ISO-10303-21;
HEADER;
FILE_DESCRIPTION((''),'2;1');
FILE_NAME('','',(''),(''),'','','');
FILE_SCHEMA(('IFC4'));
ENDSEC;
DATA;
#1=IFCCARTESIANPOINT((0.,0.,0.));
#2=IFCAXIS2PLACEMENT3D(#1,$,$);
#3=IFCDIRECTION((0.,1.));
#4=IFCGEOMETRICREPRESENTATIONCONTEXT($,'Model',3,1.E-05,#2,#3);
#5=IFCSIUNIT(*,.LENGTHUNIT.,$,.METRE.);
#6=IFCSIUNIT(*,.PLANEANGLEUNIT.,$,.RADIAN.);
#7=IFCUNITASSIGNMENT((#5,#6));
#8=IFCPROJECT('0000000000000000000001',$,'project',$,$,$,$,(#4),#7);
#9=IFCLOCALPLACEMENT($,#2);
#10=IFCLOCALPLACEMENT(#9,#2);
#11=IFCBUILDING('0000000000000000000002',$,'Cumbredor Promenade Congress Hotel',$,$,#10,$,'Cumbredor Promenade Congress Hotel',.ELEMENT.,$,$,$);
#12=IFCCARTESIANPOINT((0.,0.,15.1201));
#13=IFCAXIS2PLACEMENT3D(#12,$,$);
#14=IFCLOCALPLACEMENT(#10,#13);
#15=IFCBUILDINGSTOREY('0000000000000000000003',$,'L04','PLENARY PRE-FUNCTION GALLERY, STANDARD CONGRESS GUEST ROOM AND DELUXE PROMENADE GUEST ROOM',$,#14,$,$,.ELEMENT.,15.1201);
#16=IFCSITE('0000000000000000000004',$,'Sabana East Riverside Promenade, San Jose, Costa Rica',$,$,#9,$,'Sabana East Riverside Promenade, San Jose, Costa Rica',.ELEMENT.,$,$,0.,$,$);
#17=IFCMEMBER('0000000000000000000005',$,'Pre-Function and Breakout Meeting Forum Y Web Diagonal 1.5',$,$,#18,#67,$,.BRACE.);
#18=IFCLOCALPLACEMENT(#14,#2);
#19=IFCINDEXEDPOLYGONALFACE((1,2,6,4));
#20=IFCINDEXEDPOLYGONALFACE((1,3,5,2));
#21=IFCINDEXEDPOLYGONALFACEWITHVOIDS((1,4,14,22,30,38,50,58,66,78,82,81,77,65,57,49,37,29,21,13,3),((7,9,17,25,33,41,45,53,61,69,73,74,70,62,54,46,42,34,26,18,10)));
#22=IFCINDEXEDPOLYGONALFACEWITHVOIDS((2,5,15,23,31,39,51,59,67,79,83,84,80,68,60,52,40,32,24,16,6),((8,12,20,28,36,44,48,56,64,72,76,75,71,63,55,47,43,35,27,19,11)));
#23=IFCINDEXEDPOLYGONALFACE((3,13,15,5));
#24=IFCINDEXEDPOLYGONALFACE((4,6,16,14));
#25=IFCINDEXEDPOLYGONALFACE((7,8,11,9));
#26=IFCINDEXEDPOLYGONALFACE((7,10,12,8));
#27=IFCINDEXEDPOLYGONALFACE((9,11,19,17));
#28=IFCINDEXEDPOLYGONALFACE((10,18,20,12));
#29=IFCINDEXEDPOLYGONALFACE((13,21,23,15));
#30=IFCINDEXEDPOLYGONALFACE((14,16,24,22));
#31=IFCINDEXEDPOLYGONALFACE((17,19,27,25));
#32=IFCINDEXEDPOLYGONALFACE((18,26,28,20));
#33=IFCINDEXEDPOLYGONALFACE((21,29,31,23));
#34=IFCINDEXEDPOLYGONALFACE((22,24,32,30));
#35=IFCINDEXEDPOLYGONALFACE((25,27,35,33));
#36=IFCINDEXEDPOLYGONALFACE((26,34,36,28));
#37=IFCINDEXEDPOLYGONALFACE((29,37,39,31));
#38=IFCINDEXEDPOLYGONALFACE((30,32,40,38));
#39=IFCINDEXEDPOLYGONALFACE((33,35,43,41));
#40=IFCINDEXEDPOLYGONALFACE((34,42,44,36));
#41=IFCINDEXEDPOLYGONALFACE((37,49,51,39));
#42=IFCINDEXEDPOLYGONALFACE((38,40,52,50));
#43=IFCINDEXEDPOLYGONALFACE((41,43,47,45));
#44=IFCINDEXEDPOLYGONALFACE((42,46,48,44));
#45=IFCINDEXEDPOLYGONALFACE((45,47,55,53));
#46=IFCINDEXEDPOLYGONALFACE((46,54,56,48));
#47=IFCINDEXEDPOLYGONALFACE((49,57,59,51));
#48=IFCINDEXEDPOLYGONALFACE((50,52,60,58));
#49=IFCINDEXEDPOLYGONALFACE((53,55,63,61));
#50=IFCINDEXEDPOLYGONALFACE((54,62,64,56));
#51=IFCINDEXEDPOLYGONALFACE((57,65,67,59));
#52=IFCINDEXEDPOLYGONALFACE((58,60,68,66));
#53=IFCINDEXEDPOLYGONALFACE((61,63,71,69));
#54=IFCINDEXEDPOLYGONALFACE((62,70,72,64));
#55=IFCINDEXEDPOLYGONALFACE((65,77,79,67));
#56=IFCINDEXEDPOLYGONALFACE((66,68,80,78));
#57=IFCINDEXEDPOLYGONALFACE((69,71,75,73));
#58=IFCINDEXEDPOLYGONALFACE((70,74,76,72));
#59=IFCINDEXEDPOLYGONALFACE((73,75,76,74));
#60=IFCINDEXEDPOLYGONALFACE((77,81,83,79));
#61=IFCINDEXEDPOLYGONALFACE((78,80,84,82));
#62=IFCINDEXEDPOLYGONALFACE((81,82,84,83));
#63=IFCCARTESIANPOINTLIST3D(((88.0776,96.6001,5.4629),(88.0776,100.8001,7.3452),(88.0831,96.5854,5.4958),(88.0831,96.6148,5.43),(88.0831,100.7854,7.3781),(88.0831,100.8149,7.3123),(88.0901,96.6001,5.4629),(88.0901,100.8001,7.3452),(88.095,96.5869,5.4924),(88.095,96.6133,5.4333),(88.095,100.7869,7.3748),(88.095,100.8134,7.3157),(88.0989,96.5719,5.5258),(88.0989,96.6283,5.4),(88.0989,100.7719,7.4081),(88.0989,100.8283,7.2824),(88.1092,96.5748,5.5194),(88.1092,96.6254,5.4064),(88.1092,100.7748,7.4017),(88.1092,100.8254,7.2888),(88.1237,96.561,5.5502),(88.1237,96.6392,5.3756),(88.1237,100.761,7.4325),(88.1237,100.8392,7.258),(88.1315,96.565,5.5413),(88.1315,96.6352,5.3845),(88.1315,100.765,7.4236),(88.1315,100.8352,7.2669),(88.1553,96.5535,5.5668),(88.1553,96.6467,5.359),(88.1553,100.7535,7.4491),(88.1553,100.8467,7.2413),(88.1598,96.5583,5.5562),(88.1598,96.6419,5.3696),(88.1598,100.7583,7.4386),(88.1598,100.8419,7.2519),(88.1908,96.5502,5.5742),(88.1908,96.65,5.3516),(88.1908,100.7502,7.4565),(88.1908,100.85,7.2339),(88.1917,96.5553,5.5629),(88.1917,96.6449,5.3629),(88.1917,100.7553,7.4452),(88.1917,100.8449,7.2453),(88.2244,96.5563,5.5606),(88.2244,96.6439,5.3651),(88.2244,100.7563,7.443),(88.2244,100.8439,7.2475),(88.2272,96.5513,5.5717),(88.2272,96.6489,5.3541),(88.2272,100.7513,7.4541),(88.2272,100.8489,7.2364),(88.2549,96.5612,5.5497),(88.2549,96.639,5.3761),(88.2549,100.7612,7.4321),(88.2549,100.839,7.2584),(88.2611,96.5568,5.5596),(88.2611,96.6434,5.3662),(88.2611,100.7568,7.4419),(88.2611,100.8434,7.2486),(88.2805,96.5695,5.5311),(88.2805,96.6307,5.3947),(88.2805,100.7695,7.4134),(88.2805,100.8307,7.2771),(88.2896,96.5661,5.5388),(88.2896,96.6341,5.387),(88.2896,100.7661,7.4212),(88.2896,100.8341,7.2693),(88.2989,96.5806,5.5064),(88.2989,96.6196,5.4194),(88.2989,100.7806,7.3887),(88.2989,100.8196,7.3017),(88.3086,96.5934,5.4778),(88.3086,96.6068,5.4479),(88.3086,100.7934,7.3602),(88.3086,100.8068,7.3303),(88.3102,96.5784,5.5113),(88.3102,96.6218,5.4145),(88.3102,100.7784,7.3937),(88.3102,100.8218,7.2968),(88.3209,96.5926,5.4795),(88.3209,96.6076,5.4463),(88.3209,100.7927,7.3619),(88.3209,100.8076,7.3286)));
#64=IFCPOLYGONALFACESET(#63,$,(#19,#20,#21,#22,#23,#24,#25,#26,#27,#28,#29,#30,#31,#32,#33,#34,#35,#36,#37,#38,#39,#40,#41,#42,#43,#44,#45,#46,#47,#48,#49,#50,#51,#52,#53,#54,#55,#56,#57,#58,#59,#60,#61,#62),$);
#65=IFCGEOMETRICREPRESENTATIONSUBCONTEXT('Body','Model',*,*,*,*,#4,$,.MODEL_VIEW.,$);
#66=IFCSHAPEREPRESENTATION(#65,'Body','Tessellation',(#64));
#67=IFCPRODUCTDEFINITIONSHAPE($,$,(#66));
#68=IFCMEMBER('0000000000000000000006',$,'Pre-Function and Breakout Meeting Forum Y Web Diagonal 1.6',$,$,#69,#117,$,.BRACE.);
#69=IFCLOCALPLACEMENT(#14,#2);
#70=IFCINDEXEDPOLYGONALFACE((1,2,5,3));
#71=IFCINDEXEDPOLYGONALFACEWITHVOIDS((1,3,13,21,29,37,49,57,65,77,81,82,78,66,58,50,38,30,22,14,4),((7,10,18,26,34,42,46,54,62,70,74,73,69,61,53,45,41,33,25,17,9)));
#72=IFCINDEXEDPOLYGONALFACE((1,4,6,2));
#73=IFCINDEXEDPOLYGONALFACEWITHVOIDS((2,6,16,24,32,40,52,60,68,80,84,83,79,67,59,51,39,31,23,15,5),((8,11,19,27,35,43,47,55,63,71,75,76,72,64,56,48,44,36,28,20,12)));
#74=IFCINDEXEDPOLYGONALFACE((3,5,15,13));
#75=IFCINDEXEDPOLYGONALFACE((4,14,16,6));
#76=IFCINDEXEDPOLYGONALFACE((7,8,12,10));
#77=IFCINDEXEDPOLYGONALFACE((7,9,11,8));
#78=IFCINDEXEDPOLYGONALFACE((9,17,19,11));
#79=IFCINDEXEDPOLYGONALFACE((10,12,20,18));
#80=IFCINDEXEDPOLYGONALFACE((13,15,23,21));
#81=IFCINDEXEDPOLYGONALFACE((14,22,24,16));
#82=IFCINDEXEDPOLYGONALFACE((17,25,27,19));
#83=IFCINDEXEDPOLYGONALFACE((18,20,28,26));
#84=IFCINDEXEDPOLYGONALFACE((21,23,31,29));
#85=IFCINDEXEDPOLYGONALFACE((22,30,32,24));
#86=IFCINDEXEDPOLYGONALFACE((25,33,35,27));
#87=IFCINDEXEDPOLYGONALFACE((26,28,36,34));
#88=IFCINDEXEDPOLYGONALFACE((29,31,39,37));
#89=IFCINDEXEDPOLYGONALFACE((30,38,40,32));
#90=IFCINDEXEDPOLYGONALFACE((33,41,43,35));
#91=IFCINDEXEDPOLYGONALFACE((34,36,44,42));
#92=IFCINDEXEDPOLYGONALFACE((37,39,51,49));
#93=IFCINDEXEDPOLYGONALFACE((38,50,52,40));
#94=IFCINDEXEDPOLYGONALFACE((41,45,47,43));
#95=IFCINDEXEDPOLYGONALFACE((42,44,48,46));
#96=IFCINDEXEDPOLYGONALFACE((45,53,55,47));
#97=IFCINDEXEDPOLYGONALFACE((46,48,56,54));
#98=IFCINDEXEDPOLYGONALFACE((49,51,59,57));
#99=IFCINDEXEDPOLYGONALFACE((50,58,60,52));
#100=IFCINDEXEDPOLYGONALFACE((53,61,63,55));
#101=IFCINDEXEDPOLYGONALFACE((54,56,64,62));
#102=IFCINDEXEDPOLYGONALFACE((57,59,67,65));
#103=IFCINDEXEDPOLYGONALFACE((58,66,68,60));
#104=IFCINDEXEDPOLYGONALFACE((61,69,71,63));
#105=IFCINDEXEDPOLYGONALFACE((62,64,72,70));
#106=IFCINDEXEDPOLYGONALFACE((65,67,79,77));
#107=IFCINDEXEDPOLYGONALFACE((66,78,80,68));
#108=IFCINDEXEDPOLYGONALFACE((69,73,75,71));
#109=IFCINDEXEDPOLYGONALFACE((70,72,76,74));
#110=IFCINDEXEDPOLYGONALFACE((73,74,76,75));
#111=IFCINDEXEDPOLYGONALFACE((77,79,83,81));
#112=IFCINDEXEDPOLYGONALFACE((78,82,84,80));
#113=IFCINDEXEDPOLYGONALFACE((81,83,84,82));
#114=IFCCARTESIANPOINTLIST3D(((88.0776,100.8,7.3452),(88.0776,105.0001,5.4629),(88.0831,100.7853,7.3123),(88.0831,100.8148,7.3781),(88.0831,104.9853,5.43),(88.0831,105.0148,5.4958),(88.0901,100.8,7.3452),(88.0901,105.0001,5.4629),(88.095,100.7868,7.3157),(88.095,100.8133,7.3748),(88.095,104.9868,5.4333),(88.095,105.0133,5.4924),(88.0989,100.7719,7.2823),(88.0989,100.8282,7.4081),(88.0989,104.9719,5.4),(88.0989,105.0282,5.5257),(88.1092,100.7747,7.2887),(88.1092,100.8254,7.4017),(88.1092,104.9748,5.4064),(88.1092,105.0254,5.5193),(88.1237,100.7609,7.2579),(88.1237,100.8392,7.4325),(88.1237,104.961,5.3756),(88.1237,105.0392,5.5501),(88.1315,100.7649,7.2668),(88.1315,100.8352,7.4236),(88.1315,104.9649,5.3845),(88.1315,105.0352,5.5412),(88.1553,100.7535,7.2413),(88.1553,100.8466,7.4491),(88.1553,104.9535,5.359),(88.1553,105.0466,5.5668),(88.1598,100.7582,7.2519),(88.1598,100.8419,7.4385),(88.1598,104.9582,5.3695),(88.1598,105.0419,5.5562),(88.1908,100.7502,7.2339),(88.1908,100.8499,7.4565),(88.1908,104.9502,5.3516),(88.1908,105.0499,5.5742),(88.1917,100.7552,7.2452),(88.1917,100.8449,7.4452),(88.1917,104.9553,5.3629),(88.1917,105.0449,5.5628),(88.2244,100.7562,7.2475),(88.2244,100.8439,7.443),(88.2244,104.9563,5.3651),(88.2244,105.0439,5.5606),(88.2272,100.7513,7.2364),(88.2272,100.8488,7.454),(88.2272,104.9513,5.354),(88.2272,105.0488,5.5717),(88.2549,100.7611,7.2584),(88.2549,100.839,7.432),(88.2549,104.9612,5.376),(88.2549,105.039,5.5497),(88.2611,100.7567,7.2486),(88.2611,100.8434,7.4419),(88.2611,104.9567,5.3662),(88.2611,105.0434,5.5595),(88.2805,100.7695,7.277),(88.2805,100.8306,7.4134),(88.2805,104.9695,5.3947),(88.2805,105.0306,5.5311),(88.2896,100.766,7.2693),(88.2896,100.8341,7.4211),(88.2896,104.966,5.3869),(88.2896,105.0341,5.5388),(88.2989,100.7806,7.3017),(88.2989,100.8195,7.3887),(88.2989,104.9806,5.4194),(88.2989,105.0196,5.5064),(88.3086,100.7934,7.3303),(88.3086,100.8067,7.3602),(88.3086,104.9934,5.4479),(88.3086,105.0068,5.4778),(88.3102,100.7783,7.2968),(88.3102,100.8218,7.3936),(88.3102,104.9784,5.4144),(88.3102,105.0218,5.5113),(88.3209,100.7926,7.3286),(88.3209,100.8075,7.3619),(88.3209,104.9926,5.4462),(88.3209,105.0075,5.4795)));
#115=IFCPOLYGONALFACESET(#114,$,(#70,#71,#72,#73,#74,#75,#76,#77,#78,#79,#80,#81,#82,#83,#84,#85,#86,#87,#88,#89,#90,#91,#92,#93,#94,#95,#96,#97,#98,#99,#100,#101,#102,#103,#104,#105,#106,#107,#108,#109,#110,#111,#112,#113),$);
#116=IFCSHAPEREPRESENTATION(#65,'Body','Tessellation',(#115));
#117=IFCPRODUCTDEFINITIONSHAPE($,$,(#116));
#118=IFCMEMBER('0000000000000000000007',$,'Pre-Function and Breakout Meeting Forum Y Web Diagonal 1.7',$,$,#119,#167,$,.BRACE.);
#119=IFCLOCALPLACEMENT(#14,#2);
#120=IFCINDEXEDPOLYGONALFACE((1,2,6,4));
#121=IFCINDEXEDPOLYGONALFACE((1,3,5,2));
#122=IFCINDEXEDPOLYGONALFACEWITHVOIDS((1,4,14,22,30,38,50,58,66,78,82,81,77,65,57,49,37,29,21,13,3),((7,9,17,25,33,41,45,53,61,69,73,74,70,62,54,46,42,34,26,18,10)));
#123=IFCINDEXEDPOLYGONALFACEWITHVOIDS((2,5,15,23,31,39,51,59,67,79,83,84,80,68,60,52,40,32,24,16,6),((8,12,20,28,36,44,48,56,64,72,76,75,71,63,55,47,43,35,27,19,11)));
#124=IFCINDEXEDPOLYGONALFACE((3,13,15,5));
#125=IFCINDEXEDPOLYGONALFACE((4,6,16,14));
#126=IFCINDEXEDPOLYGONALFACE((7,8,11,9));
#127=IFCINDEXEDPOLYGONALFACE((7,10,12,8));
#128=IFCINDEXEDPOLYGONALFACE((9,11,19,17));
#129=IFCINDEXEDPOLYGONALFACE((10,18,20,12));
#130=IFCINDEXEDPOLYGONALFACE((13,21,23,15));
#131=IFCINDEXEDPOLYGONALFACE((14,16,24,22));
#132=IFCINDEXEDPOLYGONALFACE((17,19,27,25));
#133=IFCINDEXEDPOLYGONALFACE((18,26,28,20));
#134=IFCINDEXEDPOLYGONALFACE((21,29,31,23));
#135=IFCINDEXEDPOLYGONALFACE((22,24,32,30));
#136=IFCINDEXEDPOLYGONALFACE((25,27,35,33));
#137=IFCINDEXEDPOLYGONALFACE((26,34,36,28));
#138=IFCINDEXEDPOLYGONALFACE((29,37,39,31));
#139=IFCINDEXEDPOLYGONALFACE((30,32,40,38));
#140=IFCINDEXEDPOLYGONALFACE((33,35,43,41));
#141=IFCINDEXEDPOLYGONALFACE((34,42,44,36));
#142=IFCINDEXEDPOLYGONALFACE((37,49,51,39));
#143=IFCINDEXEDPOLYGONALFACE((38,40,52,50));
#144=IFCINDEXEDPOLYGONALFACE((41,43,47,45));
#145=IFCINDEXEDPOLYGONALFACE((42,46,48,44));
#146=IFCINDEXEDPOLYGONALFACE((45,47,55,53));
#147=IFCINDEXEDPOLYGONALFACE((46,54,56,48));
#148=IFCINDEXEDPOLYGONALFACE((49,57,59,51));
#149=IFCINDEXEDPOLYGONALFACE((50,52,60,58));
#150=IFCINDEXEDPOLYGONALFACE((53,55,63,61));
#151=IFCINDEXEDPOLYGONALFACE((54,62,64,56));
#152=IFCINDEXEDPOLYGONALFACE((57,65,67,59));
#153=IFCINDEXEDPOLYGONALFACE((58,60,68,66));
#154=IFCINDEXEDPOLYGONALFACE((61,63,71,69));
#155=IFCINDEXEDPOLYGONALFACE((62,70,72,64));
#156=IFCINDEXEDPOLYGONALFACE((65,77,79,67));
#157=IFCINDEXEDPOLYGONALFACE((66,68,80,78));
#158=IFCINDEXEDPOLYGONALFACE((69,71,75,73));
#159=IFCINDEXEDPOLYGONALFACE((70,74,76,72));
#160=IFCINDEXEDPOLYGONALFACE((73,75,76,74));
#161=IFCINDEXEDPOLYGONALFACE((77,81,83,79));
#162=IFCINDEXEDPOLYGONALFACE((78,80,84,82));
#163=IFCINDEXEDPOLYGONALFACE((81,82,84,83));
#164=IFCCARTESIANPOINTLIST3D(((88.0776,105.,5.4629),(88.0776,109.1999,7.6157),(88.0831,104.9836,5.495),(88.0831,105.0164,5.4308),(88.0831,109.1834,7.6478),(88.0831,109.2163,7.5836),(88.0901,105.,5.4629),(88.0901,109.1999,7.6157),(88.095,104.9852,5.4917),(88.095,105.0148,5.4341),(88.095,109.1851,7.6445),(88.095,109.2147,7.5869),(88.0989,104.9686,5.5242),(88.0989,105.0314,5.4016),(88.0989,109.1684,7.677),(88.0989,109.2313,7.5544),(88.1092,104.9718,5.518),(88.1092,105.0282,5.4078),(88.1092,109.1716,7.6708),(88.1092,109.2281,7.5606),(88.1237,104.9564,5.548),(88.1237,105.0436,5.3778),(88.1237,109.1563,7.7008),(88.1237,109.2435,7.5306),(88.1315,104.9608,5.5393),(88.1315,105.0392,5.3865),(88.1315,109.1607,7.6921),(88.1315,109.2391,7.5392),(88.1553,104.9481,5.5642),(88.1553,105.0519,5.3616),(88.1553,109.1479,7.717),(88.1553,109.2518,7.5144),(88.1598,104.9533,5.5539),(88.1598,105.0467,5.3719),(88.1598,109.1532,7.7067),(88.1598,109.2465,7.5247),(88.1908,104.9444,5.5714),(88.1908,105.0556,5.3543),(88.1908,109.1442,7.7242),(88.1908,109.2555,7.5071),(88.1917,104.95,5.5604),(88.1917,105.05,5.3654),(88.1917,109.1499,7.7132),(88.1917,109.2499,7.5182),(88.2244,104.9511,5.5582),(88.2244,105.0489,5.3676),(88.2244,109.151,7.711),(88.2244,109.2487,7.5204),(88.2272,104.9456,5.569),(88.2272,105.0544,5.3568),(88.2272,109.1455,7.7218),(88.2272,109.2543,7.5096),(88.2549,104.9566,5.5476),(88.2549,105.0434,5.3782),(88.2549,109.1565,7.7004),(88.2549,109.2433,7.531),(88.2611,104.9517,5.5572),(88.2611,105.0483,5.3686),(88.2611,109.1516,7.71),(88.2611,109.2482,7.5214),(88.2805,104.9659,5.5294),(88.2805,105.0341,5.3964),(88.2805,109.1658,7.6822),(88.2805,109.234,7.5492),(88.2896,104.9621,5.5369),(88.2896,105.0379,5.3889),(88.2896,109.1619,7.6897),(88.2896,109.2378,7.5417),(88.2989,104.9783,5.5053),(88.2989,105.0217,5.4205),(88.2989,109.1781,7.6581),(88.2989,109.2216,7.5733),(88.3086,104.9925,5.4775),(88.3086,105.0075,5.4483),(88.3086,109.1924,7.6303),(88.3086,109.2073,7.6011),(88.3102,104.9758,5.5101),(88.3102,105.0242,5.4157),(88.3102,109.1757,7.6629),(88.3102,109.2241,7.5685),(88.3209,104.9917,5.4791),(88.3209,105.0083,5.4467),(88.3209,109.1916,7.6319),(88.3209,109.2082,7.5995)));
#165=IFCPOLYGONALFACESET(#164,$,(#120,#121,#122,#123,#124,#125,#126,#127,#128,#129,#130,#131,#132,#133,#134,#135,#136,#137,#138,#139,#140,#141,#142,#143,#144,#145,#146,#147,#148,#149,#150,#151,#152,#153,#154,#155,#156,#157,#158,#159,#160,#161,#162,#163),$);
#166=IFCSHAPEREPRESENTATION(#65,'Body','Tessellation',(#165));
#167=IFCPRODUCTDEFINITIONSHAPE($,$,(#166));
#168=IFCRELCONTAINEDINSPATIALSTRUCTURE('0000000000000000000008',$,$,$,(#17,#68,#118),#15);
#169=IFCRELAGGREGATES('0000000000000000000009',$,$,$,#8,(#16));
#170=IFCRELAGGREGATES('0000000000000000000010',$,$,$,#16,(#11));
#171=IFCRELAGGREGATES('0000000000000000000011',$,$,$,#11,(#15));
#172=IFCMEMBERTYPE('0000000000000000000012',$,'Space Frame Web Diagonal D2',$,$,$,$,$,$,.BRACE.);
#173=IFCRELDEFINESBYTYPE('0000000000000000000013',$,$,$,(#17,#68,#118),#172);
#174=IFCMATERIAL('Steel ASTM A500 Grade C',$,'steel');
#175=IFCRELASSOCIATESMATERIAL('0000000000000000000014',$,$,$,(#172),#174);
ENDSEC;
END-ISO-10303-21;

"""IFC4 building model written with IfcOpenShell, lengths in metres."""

from ifc_helpers import new_model, si_unit, direction, frame, origin, origin_2d, place, context, subcontext, project, spatial, hollow_circle, extrude, material, material_profile, profile_set, type_object, element, save


model = new_model("IFC4")

# Units and contexts
model_context = context("Model", 3, precision=1e-05, world=origin(), true_north=direction((0.0, 1.0)))
body_context = subcontext(model_context, "Body", "Model", "MODEL_VIEW")
ifc_project = project(units=[si_unit("LENGTHUNIT", "METRE"), si_unit("PLANEANGLEUNIT", "RADIAN")], contexts=[model_context])

# Site, building, storey
site_placement = place(None, origin())
site = spatial("IfcSite", under=ifc_project, at=site_placement, Name="Sabana East Riverside Promenade, San Jose, Costa Rica", LongName="Sabana East Riverside Promenade, San Jose, Costa Rica", CompositionType="ELEMENT", RefElevation=0.0)
building_placement = place(site_placement, origin())
building = spatial("IfcBuilding", under=site, at=building_placement, Name="Cumbredor Promenade Congress Hotel", LongName="Cumbredor Promenade Congress Hotel", CompositionType="ELEMENT")
storey_placement = place(building_placement, frame((0.0, 0.0, 15.1201)))
storey = spatial("IfcBuildingStorey", under=building, at=storey_placement, Name="L04", Description="PLENARY PRE-FUNCTION GALLERY, STANDARD CONGRESS GUEST ROOM AND DELUXE PROMENADE GUEST ROOM", CompositionType="ELEMENT", Elevation=15.1201)

# Members
ifc_material_1 = material(Name="Steel ASTM A500 Grade C", Category="steel")
ifc_material_profile_1 = material_profile(ifc_material_1, hollow_circle(Radius=0.1223, WallThickness=0.0125, at=origin_2d()), Name="CHS 244.5x12.5")
ifc_profile_set_1 = profile_set([ifc_material_profile_1], Name="Steel ASTM A500 Grade C")
member_type_1 = type_object("IfcMemberType", Name="Space Frame Web Diagonal D2", PredefinedType="BRACE", material=ifc_profile_set_1)
for number, where, z_axis, x_axis, name in (
    (1, (88.2, 96.6001, 5.4629), (0.0, 0.912543, 0.408981), (-1.0, 0.0, 0.0), "Pre-Function and Breakout Meeting Forum Y Web Diagonal 1.5"),
    (2, (88.2, 100.8, 7.3452), (0.0, 0.912543, -0.408981), (-1.0, 0.0, 0.0), "Pre-Function and Breakout Meeting Forum Y Web Diagonal 1.6"),
):
    element("IfcMember", number, at=place(storey_placement, frame(where, z_axis=z_axis, x_axis=x_axis)), inside=storey, type_object=member_type_1, Name=name, PredefinedType="BRACE", context=body_context, shape_type="SweptSolid", body=[
        extrude(hollow_circle(Radius=0.1223, WallThickness=0.0125, at=origin_2d()), origin(), (0.0, 0.0, 1.0), 4.6025),
    ])
member_1_placement = place(storey_placement, frame((88.2, 105.0, 5.4629), z_axis=(0.0, 0.889903, 0.456151), x_axis=(-1.0, 0.0, 0.0)))
element("IfcMember", 3, at=member_1_placement, inside=storey, type_object=member_type_1, Name="Pre-Function and Breakout Meeting Forum Y Web Diagonal 1.7", PredefinedType="BRACE", context=body_context, shape_type="SweptSolid", body=[
    extrude(hollow_circle(Radius=0.1223, WallThickness=0.0125, at=origin_2d()), origin(), (0.0, 0.0, 1.0), 4.7195),
])

save(model, "model.ifc")
